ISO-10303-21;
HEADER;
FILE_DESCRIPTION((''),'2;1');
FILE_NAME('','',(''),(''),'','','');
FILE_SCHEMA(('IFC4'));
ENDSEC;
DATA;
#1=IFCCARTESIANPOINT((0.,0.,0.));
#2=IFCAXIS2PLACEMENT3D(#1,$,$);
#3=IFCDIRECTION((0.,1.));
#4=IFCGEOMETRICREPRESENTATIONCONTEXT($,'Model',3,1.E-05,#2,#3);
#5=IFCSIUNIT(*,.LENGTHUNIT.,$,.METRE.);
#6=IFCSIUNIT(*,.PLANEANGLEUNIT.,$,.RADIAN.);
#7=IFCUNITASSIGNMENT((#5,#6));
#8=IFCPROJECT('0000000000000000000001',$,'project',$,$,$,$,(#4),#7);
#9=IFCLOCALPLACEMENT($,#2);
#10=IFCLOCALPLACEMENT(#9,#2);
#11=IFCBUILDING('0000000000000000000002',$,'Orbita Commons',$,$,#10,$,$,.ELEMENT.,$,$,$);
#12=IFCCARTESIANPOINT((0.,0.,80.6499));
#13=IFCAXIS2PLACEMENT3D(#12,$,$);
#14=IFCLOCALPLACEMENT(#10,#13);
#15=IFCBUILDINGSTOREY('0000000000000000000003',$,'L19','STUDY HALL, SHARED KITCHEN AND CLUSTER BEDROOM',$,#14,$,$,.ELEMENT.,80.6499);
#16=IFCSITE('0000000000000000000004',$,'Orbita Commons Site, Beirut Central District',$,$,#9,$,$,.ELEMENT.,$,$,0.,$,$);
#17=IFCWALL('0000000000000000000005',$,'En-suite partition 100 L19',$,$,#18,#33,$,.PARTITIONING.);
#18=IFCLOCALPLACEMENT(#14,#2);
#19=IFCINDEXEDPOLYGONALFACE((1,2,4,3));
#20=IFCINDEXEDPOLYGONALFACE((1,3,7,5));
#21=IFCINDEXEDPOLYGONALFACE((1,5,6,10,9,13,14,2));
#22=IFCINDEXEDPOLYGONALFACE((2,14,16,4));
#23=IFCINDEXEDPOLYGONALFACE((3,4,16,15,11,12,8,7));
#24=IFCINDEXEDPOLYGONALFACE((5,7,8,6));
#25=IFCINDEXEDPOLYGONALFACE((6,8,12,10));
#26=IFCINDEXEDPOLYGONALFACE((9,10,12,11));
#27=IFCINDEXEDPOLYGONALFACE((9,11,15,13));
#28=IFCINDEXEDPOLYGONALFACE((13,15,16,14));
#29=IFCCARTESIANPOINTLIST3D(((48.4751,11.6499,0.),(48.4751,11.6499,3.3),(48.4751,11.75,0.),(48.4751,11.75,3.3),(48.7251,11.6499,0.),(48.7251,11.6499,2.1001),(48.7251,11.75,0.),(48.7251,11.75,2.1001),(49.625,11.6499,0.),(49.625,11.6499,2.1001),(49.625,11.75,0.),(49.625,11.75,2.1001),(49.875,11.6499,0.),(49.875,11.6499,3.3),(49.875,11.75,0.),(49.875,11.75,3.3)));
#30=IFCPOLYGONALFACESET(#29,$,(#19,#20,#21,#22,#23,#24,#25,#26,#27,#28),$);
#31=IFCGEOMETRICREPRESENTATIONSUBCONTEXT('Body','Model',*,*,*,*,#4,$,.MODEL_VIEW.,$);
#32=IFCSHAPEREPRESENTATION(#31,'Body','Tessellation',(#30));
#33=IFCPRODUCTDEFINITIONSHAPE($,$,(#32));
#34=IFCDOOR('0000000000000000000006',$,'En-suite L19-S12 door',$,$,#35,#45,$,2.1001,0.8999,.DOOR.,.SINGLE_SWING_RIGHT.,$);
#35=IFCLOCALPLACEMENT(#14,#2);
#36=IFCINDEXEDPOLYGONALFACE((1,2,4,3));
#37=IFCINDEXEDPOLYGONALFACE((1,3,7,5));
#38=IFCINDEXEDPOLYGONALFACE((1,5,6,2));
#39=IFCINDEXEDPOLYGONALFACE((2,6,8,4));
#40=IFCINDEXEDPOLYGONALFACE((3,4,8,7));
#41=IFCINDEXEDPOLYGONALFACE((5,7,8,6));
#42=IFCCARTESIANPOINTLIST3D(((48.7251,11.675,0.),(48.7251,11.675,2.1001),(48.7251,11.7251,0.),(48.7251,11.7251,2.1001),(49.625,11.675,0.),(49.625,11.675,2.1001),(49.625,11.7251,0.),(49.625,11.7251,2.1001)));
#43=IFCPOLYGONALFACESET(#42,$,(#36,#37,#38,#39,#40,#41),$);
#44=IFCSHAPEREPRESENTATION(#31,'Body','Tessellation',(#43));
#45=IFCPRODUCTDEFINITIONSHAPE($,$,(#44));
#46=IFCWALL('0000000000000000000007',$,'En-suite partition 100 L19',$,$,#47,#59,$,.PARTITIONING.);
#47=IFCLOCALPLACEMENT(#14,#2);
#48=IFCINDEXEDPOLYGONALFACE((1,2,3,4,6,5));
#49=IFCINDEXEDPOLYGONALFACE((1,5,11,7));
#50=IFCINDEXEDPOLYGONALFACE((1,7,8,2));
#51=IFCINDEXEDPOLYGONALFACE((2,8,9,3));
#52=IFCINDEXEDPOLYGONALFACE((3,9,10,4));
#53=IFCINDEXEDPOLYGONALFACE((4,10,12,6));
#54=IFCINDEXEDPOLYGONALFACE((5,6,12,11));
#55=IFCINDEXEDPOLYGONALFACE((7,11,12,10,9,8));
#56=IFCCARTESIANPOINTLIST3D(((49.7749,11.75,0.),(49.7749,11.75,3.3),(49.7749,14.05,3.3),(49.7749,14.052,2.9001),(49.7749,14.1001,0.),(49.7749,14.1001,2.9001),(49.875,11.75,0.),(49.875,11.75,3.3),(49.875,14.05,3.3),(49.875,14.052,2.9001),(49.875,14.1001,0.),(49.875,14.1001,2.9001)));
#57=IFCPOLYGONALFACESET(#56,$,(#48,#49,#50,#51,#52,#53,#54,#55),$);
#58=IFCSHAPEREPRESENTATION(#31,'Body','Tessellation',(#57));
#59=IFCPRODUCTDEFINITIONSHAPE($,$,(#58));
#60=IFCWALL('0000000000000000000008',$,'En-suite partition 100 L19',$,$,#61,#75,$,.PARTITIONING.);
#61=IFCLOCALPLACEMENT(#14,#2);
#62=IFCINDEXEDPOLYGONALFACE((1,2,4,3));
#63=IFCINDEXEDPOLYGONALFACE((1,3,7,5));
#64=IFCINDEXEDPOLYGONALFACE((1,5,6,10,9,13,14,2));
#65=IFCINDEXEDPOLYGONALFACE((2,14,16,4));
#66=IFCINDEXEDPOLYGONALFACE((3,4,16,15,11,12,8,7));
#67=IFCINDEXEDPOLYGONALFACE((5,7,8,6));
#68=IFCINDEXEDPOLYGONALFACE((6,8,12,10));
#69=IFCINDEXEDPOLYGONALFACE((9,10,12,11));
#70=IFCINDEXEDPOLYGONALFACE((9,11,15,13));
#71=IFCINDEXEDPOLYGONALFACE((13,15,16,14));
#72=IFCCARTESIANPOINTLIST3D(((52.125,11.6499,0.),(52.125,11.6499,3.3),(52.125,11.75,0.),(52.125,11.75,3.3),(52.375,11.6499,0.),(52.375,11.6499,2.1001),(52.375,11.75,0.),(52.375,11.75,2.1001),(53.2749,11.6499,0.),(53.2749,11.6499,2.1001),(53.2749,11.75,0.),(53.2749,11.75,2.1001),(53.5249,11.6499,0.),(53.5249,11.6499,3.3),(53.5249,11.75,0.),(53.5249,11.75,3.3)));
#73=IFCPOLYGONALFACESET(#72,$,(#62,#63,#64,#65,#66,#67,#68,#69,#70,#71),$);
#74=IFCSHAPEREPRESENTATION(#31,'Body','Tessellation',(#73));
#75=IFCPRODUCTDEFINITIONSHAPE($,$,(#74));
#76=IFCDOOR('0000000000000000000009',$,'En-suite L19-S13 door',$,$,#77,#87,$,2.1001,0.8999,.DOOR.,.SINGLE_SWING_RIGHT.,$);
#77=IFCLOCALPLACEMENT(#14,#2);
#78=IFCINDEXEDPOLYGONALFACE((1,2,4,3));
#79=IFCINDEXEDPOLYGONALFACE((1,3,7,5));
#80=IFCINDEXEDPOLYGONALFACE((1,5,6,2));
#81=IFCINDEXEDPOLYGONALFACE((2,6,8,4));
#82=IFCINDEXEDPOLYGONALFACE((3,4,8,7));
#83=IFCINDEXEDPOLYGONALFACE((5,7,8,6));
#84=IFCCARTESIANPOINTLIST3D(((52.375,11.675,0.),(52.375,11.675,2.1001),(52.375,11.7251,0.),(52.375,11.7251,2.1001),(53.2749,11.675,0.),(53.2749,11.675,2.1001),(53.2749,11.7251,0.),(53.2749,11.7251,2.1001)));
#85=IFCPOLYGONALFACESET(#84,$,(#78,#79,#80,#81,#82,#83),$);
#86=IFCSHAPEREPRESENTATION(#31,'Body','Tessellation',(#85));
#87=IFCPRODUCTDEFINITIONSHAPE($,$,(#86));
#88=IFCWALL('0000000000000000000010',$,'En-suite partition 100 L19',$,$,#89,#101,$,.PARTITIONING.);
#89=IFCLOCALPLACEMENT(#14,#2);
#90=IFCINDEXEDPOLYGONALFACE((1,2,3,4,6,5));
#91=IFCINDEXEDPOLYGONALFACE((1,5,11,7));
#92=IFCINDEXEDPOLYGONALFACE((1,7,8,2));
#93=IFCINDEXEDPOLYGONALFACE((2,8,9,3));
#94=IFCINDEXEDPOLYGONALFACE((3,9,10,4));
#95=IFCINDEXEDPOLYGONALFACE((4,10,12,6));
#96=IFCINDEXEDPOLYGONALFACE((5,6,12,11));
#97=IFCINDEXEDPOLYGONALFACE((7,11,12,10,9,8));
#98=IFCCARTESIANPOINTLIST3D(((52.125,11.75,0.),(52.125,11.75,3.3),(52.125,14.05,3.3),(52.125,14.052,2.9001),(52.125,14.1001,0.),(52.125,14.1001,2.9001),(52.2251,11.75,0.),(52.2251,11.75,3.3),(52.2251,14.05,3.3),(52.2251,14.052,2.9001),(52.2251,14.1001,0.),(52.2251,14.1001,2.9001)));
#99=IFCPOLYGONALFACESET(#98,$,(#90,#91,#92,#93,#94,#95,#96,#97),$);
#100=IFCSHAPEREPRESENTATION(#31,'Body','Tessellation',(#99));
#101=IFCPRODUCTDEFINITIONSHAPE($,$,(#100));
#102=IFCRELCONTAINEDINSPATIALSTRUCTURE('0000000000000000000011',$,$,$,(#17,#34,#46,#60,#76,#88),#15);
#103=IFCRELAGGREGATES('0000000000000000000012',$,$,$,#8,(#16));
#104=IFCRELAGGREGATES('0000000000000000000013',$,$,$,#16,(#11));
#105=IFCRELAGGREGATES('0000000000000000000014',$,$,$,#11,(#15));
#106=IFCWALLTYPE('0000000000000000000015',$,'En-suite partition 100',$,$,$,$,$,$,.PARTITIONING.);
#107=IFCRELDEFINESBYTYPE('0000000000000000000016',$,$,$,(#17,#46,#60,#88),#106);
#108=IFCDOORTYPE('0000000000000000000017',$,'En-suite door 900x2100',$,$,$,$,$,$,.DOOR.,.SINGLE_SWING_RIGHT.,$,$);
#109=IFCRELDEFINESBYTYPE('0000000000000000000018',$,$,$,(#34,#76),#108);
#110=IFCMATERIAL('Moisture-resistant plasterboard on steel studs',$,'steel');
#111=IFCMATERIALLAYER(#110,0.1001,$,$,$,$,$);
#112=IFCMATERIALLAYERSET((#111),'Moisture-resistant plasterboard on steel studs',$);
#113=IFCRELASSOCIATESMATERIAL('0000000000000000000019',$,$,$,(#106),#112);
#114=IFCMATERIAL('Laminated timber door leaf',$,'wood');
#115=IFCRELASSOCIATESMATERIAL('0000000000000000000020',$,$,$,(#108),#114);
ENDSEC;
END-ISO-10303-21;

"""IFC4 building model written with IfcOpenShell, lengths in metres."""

from ifc_helpers import new_model, si_unit, direction, frame, frame_2d, origin, place, context, subcontext, project, spatial, polyline, rectangle, outline, extrude, material, layer, layer_set, type_object, element, fill, save


model = new_model("IFC4")

# Units and contexts
model_context = context("Model", 3, precision=1e-05, world=origin(), true_north=direction((0.0, 1.0)))
body_context = subcontext(model_context, "Body", "Model", "MODEL_VIEW")
ifc_project = project(units=[si_unit("LENGTHUNIT", "METRE"), si_unit("PLANEANGLEUNIT", "RADIAN")], contexts=[model_context])

# Site, building, storey
site_placement = place(None, origin())
site = spatial("IfcSite", under=ifc_project, at=site_placement, Name="Orbita Commons Site, Beirut Central District", CompositionType="ELEMENT", RefElevation=0.0)
building_placement = place(site_placement, origin())
building = spatial("IfcBuilding", under=site, at=building_placement, Name="Orbita Commons", CompositionType="ELEMENT")
storey_placement = place(building_placement, frame((0.0, 0.0, 80.6499)))
storey = spatial("IfcBuildingStorey", under=building, at=storey_placement, Name="L19", Description="STUDY HALL, SHARED KITCHEN AND CLUSTER BEDROOM", CompositionType="ELEMENT", Elevation=80.6499)

# Shared definitions
ifc_material_1 = material(Name="Moisture-resistant plasterboard on steel studs", Category="steel")
ifc_layer_1 = layer(ifc_material_1, 0.1001)
ifc_layer_set_1 = layer_set([ifc_layer_1], Name="Moisture-resistant plasterboard on steel studs")
wall_type_1 = type_object("IfcWallType", Name="En-suite partition 100", PredefinedType="PARTITIONING", material=ifc_layer_set_1)

# Wall, opening, door
wall_1_placement = place(storey_placement, frame((49.875, 11.7, 0.0), z_axis=(0.0, 0.0, 1.0), x_axis=(-1.0, 0.0, 0.0)))
wall_1 = element("IfcWall", 1, at=wall_1_placement, inside=storey, type_object=wall_type_1, Name="En-suite partition 100 L19", PredefinedType="PARTITIONING", context=body_context, shape_type="SweptSolid", body=[
    extrude(rectangle(XDim=1.3999, YDim=0.1001, at=frame_2d((0.7, 0.0))), origin(), (0.0, 0.0, 1.0), 3.3),
])
opening_1_placement = place(wall_1_placement, frame((0.25, 0.0, 0.0)))
opening_1 = element("IfcOpeningElement", 2, at=opening_1_placement, cuts=wall_1, PredefinedType="OPENING", context=body_context, shape_type="SweptSolid", body=[
    extrude(rectangle(XDim=0.8999, YDim=2.1001, at=frame_2d((0.45, 1.05))), frame((0.0, 0.0601, 0.0), z_axis=(0.0, -1.0, 0.0), x_axis=(1.0, 0.0, 0.0)), (0.0, 0.0, 1.0), 0.1201),
])
ifc_material_2 = material(Name="Laminated timber door leaf", Category="wood")
door_type_1 = type_object("IfcDoorType", Name="En-suite door 900x2100", OperationType="SINGLE_SWING_RIGHT", PredefinedType="DOOR", material=ifc_material_2)
door_1_placement = place(opening_1_placement, origin())
door_1 = element("IfcDoor", 3, at=door_1_placement, inside=storey, type_object=door_type_1, Name="En-suite L19-S12 door", OperationType="SINGLE_SWING_RIGHT", OverallHeight=2.1001, OverallWidth=0.8999, PredefinedType="DOOR", context=body_context, shape_type="SweptSolid", body=[
    extrude(rectangle(XDim=0.8999, YDim=2.1001, at=frame_2d((0.45, 1.05))), frame((0.0, 0.0249, 0.0), z_axis=(0.0, -1.0, 0.0), x_axis=(1.0, 0.0, 0.0)), (0.0, 0.0, 1.0), 0.05),
])
fill(opening_1, door_1)

# Wall
wall_2_placement = place(storey_placement, frame((49.825, 11.75, 0.0), z_axis=(0.0, 0.0, 1.0), x_axis=(0.0, 1.0, 0.0)))
element("IfcWall", 4, at=wall_2_placement, inside=storey, type_object=wall_type_1, Name="En-suite partition 100 L19", PredefinedType="PARTITIONING", context=body_context, shape_type="SweptSolid", body=[
    extrude(outline(polyline([(0.0, 0.0), (2.3501, 0.0), (2.3501, 2.9001), (2.302, 2.9001), (2.3, 3.3), (0.0, 3.3), (0.0, 0.0)])), frame((0.0, 0.05, 0.0), z_axis=(0.0, -1.0, 0.0), x_axis=(1.0, 0.0, 0.0)), (0.0, 0.0, 1.0), 0.1001),
])

# Wall, opening, door
wall_3_placement = place(storey_placement, frame((53.5249, 11.7, 0.0), z_axis=(0.0, 0.0, 1.0), x_axis=(-1.0, 0.0, 0.0)))
wall_3 = element("IfcWall", 5, at=wall_3_placement, inside=storey, type_object=wall_type_1, Name="En-suite partition 100 L19", PredefinedType="PARTITIONING", context=body_context, shape_type="SweptSolid", body=[
    extrude(rectangle(XDim=1.3999, YDim=0.1001, at=frame_2d((0.7, 0.0))), origin(), (0.0, 0.0, 1.0), 3.3),
])
opening_2_placement = place(wall_3_placement, frame((0.25, 0.0, 0.0)))
opening_2 = element("IfcOpeningElement", 6, at=opening_2_placement, cuts=wall_3, PredefinedType="OPENING", context=body_context, shape_type="SweptSolid", body=[
    extrude(rectangle(XDim=0.8999, YDim=2.1001, at=frame_2d((0.45, 1.05))), frame((0.0, 0.0601, 0.0), z_axis=(0.0, -1.0, 0.0), x_axis=(1.0, 0.0, 0.0)), (0.0, 0.0, 1.0), 0.1201),
])
door_2_placement = place(opening_2_placement, origin())
door_2 = element("IfcDoor", 7, at=door_2_placement, inside=storey, type_object=door_type_1, Name="En-suite L19-S13 door", OperationType="SINGLE_SWING_RIGHT", OverallHeight=2.1001, OverallWidth=0.8999, PredefinedType="DOOR", context=body_context, shape_type="SweptSolid", body=[
    extrude(rectangle(XDim=0.8999, YDim=2.1001, at=frame_2d((0.45, 1.05))), frame((0.0, 0.0249, 0.0), z_axis=(0.0, -1.0, 0.0), x_axis=(1.0, 0.0, 0.0)), (0.0, 0.0, 1.0), 0.05),
])
fill(opening_2, door_2)

# Wall
wall_4_placement = place(storey_placement, frame((52.175, 11.75, 0.0), z_axis=(0.0, 0.0, 1.0), x_axis=(0.0, 1.0, 0.0)))
element("IfcWall", 8, at=wall_4_placement, inside=storey, type_object=wall_type_1, Name="En-suite partition 100 L19", PredefinedType="PARTITIONING", context=body_context, shape_type="SweptSolid", body=[
    extrude(outline(polyline([(0.0, 0.0), (2.3501, 0.0), (2.3501, 2.9001), (2.302, 2.9001), (2.3, 3.3), (0.0, 3.3), (0.0, 0.0)])), frame((0.0, 0.05, 0.0), z_axis=(0.0, -1.0, 0.0), x_axis=(1.0, 0.0, 0.0)), (0.0, 0.0, 1.0), 0.1001),
])

save(model, "model.ifc")
